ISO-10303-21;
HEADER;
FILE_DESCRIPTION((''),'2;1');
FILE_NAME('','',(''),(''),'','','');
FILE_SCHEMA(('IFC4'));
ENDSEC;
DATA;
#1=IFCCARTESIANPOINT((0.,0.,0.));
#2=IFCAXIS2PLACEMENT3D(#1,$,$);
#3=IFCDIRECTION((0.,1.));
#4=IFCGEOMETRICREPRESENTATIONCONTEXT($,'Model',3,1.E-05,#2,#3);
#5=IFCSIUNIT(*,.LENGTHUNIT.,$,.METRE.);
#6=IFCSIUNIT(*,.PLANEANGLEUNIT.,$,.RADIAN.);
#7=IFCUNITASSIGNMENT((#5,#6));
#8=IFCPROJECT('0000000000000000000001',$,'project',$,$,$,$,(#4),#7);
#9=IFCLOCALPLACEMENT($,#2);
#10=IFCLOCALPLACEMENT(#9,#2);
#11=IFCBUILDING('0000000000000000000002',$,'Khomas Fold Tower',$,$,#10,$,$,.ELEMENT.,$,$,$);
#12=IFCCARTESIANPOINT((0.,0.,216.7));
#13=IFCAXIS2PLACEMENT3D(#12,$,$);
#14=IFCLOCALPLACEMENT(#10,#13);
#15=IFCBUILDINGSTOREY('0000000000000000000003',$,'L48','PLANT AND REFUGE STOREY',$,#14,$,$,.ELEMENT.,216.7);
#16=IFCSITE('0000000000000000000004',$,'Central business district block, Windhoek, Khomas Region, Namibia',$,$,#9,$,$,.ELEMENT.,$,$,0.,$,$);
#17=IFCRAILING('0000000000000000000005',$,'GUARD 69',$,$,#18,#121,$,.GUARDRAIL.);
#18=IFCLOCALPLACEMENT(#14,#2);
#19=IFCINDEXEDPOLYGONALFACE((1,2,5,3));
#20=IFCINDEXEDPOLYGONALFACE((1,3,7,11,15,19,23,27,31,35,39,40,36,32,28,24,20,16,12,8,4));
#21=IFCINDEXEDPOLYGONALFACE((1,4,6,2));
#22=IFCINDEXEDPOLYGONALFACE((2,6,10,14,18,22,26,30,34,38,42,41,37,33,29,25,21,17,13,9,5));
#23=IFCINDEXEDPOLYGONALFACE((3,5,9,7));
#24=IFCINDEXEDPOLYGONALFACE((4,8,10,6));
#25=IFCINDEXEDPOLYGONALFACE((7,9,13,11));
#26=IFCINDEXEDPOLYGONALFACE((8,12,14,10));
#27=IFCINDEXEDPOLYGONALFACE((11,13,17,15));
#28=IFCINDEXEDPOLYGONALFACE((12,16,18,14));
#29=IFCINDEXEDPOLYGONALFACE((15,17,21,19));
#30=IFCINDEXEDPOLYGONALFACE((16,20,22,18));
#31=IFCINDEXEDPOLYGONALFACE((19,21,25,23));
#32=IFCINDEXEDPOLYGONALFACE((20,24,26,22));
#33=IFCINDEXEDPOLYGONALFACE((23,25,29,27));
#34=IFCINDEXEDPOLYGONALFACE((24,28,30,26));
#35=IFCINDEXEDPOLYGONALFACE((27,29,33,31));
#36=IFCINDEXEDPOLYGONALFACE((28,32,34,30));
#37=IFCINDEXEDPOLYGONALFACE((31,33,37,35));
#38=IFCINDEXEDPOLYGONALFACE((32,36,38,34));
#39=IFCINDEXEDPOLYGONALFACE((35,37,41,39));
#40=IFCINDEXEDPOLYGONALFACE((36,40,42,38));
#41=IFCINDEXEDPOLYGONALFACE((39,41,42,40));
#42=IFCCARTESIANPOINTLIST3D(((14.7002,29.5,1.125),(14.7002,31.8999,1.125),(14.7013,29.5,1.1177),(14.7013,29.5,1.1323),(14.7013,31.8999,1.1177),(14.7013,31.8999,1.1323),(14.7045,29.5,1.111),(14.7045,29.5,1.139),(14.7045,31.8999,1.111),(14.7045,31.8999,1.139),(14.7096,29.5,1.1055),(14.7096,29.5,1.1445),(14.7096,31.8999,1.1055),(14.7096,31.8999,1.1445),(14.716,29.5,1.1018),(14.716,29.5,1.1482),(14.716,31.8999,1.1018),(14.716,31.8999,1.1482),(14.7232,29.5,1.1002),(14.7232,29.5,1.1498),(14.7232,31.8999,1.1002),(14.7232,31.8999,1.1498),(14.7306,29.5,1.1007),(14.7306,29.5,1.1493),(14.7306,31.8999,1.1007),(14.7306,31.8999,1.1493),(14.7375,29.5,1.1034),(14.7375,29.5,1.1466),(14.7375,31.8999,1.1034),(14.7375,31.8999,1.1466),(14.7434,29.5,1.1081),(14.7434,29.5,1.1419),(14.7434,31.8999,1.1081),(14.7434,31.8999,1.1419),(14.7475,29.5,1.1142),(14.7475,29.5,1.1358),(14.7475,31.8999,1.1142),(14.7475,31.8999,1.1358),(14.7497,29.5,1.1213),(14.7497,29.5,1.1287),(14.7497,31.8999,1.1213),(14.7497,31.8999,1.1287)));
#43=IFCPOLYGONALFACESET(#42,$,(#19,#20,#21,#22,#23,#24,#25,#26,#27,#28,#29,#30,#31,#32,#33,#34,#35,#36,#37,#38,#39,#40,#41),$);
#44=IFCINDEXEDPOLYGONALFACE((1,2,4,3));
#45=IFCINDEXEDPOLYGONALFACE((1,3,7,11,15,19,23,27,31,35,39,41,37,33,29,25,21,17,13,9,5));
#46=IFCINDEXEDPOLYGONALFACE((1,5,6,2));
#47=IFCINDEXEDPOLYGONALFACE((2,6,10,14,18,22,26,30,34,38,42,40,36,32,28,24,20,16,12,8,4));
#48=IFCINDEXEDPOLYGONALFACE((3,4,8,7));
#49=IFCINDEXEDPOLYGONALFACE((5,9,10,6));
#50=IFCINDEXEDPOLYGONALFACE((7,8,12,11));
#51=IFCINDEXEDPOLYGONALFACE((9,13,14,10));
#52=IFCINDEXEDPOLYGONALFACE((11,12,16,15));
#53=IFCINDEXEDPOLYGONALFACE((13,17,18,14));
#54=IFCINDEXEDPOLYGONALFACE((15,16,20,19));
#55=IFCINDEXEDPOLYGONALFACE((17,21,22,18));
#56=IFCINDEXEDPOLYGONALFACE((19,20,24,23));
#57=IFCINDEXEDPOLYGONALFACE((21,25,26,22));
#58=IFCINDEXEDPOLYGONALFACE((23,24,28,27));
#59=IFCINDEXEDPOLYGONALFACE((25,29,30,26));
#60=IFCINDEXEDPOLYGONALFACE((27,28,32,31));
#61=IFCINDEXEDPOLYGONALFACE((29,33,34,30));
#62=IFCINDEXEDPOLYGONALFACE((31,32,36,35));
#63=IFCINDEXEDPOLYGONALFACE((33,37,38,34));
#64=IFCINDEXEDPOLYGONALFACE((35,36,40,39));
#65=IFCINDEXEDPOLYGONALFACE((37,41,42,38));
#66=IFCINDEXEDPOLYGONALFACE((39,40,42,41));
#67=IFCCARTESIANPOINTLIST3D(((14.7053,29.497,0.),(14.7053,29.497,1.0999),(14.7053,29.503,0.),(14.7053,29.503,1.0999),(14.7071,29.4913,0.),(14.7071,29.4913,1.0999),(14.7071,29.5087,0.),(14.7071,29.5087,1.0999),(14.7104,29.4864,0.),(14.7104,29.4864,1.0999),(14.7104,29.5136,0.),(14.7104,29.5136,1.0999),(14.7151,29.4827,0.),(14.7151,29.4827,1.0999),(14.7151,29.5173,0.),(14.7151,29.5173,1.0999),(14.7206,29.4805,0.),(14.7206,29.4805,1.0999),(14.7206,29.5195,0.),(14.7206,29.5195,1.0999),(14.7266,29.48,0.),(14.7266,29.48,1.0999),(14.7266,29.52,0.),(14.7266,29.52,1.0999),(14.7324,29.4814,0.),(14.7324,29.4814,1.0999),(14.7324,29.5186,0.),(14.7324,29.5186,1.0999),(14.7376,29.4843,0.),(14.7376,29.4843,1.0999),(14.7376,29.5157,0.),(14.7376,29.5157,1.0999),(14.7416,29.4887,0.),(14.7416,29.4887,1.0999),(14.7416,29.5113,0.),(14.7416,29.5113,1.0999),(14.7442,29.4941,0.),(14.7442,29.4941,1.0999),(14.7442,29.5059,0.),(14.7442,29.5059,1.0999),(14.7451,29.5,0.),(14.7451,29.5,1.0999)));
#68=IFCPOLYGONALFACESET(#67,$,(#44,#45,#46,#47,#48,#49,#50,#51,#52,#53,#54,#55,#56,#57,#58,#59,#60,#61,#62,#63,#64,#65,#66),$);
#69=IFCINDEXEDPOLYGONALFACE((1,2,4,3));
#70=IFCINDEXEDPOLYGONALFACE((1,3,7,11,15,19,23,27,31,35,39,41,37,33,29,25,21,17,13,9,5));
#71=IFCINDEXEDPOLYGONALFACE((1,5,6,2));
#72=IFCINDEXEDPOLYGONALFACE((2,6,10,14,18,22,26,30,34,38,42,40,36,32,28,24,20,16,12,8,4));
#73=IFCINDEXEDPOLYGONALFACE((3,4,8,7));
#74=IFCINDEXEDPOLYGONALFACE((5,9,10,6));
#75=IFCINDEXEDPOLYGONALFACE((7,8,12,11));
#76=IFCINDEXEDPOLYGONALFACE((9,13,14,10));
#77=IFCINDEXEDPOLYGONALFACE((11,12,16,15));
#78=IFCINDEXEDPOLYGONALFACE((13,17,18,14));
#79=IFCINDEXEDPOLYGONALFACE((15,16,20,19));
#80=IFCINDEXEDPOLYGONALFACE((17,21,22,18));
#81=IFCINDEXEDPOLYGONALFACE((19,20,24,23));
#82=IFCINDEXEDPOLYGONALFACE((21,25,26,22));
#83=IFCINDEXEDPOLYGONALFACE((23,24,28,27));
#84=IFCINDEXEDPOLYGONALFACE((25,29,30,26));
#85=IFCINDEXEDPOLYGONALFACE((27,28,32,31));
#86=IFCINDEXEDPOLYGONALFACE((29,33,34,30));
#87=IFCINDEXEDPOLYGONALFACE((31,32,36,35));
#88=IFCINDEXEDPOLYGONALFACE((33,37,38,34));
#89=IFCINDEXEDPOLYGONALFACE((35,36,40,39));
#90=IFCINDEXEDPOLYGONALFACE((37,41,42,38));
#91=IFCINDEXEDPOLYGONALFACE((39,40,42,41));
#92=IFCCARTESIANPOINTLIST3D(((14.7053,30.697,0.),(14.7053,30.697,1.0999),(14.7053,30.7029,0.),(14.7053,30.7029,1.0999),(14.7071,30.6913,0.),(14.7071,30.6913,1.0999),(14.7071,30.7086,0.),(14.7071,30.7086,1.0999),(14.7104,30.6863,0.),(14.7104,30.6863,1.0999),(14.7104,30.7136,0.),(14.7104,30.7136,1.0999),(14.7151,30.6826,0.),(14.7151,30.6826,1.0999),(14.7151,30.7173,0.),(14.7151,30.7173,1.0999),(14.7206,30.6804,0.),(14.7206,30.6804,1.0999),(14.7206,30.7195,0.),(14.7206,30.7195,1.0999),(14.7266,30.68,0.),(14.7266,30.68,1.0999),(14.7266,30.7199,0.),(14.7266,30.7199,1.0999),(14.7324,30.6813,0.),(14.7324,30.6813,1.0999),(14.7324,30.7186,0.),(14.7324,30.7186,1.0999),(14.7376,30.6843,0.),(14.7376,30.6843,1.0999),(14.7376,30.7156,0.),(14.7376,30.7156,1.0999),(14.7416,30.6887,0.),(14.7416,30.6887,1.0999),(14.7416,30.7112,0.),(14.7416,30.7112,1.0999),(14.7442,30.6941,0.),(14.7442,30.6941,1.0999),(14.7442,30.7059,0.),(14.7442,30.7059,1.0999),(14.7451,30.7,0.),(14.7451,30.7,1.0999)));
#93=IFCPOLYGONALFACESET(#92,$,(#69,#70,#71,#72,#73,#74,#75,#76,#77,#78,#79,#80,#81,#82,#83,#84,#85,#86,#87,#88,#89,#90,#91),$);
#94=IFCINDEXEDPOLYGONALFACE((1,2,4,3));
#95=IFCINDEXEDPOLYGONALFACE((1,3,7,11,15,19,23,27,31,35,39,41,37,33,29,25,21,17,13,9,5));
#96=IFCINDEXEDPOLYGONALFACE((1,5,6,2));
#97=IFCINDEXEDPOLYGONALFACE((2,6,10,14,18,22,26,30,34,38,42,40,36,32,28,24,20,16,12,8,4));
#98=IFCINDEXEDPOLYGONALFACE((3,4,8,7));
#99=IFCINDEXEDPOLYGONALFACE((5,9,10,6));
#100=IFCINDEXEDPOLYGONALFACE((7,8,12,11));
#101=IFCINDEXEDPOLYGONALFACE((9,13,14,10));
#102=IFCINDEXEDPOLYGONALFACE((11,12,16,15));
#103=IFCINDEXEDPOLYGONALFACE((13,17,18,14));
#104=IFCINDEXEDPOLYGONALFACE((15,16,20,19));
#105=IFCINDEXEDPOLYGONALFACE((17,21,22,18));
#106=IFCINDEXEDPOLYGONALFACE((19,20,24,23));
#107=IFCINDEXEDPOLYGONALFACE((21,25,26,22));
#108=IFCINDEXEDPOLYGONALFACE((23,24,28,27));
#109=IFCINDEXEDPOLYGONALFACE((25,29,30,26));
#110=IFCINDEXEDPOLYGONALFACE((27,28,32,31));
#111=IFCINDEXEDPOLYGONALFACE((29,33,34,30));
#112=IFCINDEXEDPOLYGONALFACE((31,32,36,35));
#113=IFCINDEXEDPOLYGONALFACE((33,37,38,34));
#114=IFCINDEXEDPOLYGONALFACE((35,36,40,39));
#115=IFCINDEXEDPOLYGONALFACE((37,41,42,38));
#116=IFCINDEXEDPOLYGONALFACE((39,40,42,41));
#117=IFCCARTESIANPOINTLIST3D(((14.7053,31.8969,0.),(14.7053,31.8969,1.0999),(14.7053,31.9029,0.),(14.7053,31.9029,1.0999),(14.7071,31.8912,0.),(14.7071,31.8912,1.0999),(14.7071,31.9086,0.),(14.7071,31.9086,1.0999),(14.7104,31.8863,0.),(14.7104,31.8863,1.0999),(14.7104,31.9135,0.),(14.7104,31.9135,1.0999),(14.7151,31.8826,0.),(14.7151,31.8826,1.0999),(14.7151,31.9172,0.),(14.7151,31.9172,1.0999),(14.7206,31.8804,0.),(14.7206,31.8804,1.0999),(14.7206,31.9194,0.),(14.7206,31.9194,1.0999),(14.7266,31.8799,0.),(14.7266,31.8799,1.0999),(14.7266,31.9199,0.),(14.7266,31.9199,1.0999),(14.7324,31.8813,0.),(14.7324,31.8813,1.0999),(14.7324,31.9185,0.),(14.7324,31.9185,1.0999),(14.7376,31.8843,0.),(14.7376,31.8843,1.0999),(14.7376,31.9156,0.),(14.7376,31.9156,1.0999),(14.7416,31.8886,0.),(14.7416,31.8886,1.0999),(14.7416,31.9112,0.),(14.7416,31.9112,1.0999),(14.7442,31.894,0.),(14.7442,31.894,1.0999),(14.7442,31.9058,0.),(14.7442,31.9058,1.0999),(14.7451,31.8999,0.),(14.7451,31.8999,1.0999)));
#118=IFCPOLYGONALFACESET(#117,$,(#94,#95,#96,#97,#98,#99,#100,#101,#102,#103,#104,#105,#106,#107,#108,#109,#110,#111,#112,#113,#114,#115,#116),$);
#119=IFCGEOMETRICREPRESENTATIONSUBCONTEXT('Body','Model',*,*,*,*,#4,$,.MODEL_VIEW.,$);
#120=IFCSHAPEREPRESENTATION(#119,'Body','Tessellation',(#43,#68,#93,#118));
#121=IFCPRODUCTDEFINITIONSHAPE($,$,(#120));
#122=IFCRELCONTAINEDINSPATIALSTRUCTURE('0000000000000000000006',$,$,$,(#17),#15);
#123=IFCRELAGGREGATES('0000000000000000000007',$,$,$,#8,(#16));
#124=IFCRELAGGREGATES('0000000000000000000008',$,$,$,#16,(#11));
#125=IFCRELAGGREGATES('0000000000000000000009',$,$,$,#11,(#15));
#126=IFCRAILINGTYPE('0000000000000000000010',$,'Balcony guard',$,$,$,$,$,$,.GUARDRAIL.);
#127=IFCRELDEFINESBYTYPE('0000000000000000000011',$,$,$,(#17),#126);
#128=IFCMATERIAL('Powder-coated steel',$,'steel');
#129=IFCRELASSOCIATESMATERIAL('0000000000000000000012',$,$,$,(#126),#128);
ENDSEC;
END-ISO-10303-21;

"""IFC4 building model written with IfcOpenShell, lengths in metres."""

from ifc_helpers import new_model, si_unit, direction, frame, origin, origin_2d, place, context, subcontext, project, spatial, circle, extrude, source, transform, mapped, material, type_object, element, save


model = new_model("IFC4")

# Units and contexts
model_context = context("Model", 3, precision=1e-05, world=origin(), true_north=direction((0.0, 1.0)))
body_context = subcontext(model_context, "Body", "Model", "MODEL_VIEW")
ifc_project = project(units=[si_unit("LENGTHUNIT", "METRE"), si_unit("PLANEANGLEUNIT", "RADIAN")], contexts=[model_context])

# Site, building, storey
site_placement = place(None, origin())
site = spatial("IfcSite", under=ifc_project, at=site_placement, Name="Central business district block, Windhoek, Khomas Region, Namibia", CompositionType="ELEMENT", RefElevation=0.0)
building_placement = place(site_placement, origin())
building = spatial("IfcBuilding", under=site, at=building_placement, Name="Khomas Fold Tower", CompositionType="ELEMENT")
storey_placement = place(building_placement, frame((0.0, 0.0, 216.7)))
storey = spatial("IfcBuildingStorey", under=building, at=storey_placement, Name="L48", Description="PLANT AND REFUGE STOREY", CompositionType="ELEMENT", Elevation=216.7)

# Railing
ifc_material_1 = material(Name="Powder-coated steel", Category="steel")
railing_type_1 = type_object("IfcRailingType", Name="Balcony guard", PredefinedType="GUARDRAIL", material=ifc_material_1)
shared_shape_1 = source(origin(), body_context, "Body", "SweptSolid", [
    extrude(circle(Radius=0.0249, at=origin_2d()), frame((0.0, 0.0, 1.125), z_axis=(0.0, 1.0, 0.0), x_axis=(-1.0, 0.0, 0.0)), (0.0, 0.0, 1.0), 2.3999),
    extrude(circle(Radius=0.02, at=origin_2d()), origin(), (0.0, 0.0, 1.0), 1.0999),
    extrude(circle(Radius=0.02, at=origin_2d()), frame((0.0, 1.2, 0.0)), (0.0, 0.0, 1.0), 1.0999),
    extrude(circle(Radius=0.02, at=origin_2d()), frame((0.0, 2.3999, 0.0)), (0.0, 0.0, 1.0), 1.0999),
])
for number, where, name in (
    (1, (14.7251, 29.5, 0.0), "GUARD 69"),
):
    element("IfcRailing", number, at=place(storey_placement, frame(where)), inside=storey, type_object=railing_type_1, Name=name, PredefinedType="GUARDRAIL", context=body_context, shape_type="MappedRepresentation", body=[
        mapped(shared_shape_1, transform((0.0, 0.0, 0.0))),
    ])

save(model, "model.ifc")
